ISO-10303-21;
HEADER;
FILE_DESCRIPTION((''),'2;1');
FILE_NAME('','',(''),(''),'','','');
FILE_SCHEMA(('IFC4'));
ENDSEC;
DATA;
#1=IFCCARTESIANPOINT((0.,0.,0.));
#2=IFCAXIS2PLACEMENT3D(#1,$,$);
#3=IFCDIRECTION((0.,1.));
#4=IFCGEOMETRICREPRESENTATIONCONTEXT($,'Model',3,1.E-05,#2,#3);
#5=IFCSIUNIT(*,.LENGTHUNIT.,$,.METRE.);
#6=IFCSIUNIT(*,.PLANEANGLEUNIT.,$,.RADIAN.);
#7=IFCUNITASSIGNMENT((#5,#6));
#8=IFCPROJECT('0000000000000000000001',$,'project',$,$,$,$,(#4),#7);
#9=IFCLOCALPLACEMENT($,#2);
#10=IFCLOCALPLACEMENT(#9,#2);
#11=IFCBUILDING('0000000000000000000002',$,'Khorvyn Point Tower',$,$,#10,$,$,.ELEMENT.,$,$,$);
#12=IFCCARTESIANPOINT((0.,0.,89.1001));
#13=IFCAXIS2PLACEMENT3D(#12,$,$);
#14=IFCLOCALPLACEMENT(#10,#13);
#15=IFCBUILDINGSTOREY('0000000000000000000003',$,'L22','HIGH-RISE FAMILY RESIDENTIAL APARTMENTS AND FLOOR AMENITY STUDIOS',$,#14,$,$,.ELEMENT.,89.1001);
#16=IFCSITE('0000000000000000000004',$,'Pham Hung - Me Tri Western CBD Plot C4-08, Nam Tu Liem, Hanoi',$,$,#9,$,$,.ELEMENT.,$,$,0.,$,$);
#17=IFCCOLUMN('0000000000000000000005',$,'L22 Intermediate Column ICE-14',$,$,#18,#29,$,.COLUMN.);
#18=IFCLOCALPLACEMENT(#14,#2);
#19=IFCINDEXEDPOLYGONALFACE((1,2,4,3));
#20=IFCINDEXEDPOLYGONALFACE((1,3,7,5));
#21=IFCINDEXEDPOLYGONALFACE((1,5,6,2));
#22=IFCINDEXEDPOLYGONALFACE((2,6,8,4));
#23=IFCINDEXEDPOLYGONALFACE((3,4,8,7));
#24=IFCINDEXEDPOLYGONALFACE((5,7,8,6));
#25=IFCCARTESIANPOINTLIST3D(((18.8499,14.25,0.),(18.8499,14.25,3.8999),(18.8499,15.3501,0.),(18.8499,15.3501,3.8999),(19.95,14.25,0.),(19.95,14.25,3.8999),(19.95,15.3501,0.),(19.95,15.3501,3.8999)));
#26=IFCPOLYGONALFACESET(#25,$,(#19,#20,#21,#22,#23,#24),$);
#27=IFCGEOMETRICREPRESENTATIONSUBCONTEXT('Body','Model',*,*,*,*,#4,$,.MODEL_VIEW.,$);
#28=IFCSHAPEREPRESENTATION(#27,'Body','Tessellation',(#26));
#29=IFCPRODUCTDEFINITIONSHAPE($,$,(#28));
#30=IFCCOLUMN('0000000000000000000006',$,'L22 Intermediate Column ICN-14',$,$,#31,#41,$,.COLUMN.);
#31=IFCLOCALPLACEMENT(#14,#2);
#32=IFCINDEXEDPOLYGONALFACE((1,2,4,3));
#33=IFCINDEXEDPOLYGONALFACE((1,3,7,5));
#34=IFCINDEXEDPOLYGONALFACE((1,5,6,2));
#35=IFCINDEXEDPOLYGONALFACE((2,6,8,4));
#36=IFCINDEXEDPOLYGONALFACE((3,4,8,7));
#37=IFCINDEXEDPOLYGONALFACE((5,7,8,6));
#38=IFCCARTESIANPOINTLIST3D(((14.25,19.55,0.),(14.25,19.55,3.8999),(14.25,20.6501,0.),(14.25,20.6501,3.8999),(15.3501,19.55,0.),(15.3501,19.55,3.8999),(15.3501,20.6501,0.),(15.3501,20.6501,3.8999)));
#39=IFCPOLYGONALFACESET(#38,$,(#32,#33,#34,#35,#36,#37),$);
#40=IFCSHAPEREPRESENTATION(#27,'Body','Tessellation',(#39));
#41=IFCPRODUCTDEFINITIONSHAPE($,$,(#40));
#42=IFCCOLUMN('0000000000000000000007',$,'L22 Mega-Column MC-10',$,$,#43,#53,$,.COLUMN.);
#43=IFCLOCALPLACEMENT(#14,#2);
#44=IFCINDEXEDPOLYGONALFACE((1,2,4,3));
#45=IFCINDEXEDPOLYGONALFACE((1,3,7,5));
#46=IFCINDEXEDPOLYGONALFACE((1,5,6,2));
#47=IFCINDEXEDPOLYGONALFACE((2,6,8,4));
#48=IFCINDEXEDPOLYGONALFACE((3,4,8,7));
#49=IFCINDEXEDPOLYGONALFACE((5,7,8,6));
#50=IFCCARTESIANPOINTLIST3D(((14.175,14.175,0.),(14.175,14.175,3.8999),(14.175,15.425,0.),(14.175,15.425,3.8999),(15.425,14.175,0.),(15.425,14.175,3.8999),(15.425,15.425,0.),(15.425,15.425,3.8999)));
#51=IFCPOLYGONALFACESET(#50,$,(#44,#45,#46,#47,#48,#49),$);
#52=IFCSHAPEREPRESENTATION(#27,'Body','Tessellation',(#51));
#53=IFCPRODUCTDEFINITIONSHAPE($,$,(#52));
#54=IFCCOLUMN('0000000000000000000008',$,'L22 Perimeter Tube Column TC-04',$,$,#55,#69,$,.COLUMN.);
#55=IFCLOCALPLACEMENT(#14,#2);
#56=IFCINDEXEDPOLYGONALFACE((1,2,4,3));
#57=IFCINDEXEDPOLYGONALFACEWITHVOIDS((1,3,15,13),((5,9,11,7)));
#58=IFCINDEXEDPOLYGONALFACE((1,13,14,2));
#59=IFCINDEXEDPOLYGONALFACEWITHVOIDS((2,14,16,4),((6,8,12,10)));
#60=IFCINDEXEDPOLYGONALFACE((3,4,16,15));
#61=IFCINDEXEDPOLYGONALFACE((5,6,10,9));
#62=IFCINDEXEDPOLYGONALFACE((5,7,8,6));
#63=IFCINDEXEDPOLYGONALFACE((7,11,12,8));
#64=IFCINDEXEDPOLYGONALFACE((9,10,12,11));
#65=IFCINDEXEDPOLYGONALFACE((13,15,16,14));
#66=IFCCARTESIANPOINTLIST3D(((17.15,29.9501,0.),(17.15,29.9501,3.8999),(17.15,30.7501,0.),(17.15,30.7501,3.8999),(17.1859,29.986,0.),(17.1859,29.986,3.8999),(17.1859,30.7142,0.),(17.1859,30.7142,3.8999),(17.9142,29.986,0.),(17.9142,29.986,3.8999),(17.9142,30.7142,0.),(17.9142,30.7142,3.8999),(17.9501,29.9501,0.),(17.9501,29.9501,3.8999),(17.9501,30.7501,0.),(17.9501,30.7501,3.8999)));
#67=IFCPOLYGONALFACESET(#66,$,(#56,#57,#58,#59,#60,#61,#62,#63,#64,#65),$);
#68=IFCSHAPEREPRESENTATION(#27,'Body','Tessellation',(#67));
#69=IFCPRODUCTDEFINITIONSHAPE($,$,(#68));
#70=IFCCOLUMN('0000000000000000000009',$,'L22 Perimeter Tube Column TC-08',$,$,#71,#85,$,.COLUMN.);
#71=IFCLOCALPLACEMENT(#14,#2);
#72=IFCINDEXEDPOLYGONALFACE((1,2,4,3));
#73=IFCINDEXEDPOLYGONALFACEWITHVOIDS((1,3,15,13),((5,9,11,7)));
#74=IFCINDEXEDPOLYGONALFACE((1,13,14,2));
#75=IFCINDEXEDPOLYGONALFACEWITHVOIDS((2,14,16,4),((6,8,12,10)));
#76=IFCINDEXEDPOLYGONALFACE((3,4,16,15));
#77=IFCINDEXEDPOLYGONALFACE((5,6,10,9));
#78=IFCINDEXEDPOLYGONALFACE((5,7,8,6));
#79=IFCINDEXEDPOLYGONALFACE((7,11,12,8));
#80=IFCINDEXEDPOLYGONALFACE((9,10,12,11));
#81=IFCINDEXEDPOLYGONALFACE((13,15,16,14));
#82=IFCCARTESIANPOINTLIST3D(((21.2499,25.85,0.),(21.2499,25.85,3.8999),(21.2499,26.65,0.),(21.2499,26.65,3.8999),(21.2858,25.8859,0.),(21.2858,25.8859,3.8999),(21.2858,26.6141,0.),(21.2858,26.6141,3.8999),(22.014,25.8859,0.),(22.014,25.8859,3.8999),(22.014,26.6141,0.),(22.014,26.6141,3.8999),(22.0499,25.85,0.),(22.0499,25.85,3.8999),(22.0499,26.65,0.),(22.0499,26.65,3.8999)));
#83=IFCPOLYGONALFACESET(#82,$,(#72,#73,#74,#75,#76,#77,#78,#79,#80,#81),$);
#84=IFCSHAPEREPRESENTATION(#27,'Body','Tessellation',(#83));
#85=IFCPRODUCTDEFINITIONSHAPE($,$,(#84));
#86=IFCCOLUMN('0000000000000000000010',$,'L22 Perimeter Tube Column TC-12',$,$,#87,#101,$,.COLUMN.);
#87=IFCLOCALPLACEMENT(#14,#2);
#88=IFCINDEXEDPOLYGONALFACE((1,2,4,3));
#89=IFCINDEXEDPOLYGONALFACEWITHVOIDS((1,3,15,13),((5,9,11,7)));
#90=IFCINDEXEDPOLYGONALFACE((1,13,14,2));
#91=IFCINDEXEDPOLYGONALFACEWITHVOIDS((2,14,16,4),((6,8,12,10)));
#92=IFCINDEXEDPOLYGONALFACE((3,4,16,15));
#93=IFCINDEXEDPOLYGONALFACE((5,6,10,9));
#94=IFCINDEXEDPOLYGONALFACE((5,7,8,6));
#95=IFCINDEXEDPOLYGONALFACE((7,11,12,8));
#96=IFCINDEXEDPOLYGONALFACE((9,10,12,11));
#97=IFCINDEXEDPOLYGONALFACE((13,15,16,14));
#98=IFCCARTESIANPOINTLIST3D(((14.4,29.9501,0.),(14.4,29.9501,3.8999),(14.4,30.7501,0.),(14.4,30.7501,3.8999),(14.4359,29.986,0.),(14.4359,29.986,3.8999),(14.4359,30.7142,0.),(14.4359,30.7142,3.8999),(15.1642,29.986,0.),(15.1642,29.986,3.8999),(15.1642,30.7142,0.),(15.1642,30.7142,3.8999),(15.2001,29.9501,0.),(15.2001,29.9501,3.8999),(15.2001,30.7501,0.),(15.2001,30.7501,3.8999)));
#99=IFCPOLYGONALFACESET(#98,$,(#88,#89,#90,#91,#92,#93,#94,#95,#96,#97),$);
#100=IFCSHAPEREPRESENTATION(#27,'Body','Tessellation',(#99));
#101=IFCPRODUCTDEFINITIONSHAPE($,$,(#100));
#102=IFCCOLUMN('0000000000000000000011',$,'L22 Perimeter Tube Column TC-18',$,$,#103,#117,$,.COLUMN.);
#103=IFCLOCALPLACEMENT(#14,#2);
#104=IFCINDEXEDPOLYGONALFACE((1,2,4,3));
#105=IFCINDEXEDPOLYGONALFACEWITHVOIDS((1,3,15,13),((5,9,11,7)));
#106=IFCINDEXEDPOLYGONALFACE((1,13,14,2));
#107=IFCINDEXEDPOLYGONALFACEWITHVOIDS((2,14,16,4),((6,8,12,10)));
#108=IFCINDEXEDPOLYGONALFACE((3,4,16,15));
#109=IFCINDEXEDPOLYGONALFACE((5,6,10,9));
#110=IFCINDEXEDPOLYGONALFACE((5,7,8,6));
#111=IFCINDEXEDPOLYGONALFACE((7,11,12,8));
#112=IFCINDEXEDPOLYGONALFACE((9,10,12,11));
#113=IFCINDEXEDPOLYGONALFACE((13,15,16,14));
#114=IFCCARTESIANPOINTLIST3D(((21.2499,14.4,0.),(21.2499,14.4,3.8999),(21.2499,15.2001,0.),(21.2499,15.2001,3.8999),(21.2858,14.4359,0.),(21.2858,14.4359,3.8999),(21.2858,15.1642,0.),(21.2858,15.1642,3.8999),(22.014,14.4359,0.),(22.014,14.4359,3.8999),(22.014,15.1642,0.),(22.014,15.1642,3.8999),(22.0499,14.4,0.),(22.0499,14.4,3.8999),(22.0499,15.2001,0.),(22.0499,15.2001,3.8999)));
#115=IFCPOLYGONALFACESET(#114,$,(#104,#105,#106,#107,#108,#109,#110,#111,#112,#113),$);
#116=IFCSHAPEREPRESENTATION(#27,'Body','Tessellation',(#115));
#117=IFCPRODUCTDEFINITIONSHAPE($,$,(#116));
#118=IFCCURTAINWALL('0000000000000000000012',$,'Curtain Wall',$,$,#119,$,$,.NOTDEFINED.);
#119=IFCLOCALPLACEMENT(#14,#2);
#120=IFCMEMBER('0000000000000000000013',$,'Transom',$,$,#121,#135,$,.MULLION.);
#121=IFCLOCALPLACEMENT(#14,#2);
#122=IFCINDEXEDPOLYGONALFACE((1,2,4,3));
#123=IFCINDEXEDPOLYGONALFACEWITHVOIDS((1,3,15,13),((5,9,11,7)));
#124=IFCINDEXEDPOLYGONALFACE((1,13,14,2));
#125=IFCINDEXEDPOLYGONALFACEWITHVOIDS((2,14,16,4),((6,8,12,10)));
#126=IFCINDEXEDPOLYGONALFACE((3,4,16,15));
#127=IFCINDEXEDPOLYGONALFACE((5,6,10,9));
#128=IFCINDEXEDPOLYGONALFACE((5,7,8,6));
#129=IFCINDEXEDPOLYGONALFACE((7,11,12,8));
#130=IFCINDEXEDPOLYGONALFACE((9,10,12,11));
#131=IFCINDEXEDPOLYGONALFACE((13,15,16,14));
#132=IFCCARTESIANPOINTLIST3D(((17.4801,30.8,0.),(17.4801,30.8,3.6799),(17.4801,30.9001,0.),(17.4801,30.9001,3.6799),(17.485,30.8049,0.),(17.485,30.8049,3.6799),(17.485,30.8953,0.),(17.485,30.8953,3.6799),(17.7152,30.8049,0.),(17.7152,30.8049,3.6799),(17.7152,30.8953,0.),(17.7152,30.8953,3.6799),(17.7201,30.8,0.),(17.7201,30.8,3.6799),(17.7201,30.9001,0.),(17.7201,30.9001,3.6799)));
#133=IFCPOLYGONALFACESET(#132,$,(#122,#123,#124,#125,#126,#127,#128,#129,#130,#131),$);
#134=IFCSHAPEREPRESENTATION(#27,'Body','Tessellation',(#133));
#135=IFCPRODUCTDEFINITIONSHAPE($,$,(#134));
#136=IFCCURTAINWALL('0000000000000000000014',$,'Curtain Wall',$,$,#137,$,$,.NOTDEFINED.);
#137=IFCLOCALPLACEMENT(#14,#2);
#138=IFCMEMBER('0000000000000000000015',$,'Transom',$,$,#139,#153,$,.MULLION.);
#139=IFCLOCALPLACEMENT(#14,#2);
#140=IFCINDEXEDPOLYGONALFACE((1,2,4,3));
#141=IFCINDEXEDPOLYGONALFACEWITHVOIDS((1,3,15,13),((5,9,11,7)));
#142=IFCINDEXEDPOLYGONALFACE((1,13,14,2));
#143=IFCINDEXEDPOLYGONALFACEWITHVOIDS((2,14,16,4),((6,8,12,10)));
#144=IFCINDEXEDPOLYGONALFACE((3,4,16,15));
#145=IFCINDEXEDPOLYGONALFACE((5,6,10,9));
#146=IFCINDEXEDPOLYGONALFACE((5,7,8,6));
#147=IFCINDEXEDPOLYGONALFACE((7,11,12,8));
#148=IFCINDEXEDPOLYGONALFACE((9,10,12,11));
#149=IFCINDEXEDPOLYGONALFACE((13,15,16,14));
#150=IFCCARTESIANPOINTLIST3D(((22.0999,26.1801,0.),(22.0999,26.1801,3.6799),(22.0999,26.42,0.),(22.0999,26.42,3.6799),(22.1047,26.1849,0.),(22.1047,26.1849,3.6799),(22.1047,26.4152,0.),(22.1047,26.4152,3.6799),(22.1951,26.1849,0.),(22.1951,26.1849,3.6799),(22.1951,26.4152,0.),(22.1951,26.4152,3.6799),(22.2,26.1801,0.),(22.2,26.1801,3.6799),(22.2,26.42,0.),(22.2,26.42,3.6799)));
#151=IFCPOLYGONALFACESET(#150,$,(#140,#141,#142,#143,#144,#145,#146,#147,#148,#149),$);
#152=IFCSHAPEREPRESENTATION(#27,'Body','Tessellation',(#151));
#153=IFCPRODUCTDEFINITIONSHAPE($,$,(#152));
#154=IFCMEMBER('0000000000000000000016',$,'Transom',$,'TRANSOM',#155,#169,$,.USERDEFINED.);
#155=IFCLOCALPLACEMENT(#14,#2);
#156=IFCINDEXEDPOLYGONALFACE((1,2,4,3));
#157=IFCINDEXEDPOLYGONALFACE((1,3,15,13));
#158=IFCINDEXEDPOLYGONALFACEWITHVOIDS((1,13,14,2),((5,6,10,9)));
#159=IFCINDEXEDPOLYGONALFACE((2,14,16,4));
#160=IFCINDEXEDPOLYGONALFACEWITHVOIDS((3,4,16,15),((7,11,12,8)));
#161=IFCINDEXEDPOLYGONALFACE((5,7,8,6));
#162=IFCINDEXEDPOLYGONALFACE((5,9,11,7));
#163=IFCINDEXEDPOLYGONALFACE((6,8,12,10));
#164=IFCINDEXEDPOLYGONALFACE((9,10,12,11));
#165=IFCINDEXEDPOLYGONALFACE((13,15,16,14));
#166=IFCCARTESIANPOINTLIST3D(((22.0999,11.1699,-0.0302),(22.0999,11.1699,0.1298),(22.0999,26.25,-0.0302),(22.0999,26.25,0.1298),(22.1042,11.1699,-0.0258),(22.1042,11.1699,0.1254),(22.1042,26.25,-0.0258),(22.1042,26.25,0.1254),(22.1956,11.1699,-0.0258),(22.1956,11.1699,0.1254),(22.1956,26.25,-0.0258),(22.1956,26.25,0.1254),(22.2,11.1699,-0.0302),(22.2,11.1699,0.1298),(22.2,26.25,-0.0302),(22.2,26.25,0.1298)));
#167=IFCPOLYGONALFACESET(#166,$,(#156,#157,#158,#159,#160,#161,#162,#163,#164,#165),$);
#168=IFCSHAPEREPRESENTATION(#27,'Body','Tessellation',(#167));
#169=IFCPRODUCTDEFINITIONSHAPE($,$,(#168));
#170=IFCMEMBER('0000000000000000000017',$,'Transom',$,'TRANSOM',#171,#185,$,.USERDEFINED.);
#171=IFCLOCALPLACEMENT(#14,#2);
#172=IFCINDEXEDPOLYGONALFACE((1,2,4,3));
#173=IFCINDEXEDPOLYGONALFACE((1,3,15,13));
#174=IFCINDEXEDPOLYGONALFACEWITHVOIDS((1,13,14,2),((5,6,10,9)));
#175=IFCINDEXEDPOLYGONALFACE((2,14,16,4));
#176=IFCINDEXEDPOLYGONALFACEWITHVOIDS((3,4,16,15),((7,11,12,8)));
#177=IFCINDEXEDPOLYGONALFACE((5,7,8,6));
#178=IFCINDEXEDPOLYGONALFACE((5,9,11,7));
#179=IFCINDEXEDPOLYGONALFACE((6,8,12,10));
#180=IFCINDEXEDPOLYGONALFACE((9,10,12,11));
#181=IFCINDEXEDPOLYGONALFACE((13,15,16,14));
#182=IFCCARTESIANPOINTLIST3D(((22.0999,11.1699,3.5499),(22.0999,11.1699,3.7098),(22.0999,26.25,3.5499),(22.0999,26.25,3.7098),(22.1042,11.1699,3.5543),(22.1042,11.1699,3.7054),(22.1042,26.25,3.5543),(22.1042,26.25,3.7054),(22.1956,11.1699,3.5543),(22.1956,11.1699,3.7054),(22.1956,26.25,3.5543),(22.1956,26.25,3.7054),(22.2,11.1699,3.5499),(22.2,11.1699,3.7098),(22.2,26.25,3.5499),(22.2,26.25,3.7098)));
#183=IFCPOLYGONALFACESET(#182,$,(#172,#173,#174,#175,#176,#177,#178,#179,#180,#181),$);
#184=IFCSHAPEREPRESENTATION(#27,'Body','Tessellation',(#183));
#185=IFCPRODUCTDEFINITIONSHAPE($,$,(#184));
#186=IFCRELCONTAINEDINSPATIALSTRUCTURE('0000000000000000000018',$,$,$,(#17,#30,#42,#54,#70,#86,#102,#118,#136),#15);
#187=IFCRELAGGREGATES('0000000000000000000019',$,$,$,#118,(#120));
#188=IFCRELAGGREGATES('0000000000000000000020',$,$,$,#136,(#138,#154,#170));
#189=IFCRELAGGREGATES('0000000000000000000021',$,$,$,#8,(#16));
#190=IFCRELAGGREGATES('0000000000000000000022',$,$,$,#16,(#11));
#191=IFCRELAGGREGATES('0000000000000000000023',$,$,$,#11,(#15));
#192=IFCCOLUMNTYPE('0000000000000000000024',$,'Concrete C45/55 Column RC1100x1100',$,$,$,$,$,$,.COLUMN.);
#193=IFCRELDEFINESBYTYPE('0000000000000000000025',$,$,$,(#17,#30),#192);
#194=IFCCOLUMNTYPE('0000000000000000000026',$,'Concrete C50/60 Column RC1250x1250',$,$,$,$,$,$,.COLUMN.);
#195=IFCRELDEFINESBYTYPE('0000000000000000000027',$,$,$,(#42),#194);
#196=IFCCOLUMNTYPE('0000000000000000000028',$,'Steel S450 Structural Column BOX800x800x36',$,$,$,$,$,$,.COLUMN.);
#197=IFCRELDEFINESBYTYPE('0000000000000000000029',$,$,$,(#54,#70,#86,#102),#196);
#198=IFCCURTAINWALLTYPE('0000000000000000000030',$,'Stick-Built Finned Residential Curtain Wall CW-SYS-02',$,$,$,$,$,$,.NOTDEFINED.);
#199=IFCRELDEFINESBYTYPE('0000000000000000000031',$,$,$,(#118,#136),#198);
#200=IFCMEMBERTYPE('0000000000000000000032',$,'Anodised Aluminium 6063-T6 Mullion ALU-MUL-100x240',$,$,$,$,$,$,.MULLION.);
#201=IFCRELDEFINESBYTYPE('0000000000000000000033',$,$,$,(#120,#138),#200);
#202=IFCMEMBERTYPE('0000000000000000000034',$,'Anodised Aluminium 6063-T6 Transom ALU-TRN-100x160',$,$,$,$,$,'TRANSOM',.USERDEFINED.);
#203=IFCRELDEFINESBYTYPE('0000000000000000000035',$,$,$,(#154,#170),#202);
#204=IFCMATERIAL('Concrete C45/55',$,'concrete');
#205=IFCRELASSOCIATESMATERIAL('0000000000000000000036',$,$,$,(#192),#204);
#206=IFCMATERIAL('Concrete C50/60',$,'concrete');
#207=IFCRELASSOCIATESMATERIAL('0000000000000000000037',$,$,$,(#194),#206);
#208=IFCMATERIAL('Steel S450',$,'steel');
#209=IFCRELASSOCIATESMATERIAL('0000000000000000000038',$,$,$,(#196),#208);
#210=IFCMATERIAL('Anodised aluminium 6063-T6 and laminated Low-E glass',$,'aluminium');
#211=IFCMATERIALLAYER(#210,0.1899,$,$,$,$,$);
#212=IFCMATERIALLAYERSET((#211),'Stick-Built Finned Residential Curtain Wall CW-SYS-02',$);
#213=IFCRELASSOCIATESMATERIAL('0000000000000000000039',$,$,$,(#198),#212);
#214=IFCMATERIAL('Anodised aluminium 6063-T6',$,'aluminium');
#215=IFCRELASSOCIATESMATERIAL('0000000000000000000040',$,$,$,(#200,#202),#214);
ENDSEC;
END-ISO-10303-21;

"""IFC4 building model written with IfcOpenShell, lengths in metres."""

from ifc_helpers import new_model, si_unit, direction, frame, origin, origin_2d, place, context, subcontext, project, spatial, rectangle, hollow_rectangle, extrude, material, layer, layer_set, material_profile, profile_set, type_object, element, aggregate, save


model = new_model("IFC4")

# Units and contexts
model_context = context("Model", 3, precision=1e-05, world=origin(), true_north=direction((0.0, 1.0)))
body_context = subcontext(model_context, "Body", "Model", "MODEL_VIEW")
ifc_project = project(units=[si_unit("LENGTHUNIT", "METRE"), si_unit("PLANEANGLEUNIT", "RADIAN")], contexts=[model_context])

# Site, building, storey
site_placement = place(None, origin())
site = spatial("IfcSite", under=ifc_project, at=site_placement, Name="Pham Hung - Me Tri Western CBD Plot C4-08, Nam Tu Liem, Hanoi", CompositionType="ELEMENT", RefElevation=0.0)
building_placement = place(site_placement, origin())
building = spatial("IfcBuilding", under=site, at=building_placement, Name="Khorvyn Point Tower", CompositionType="ELEMENT")
storey_placement = place(building_placement, frame((0.0, 0.0, 89.1001)))
storey = spatial("IfcBuildingStorey", under=building, at=storey_placement, Name="L22", Description="HIGH-RISE FAMILY RESIDENTIAL APARTMENTS AND FLOOR AMENITY STUDIOS", CompositionType="ELEMENT", Elevation=89.1001)

# Columns
ifc_material_1 = material(Name="Concrete C45/55", Category="concrete")
ifc_material_profile_1 = material_profile(ifc_material_1, rectangle(XDim=1.1001, YDim=1.1001, at=origin_2d()))
ifc_profile_set_1 = profile_set([ifc_material_profile_1], Name="Concrete C45/55 RC1100x1100")
column_type_1 = type_object("IfcColumnType", Name="Concrete C45/55 Column RC1100x1100", PredefinedType="COLUMN", material=ifc_profile_set_1)
for number, where, z_axis, x_axis, name in (
    (1, (19.3999, 14.8, 0.0), (0.0, 0.0, 1.0), (1.0, 0.0, 0.0), "L22 Intermediate Column ICE-14"),
    (2, (14.8, 20.1001, 0.0), (0.0, 0.0, 1.0), (1.0, 0.0, 0.0), "L22 Intermediate Column ICN-14"),
):
    element("IfcColumn", number, at=place(storey_placement, frame(where, z_axis=z_axis, x_axis=x_axis)), inside=storey, type_object=column_type_1, Name=name, PredefinedType="COLUMN", context=body_context, shape_type="SweptSolid", body=[
        extrude(rectangle(XDim=1.1001, YDim=1.1001, at=origin_2d()), origin(), (0.0, 0.0, 1.0), 3.8999),
    ])
ifc_material_2 = material(Name="Concrete C50/60", Category="concrete")
ifc_material_profile_2 = material_profile(ifc_material_2, rectangle(XDim=1.25, YDim=1.25, at=origin_2d()))
ifc_profile_set_2 = profile_set([ifc_material_profile_2], Name="Concrete C50/60 RC1250x1250")
column_type_2 = type_object("IfcColumnType", Name="Concrete C50/60 Column RC1250x1250", PredefinedType="COLUMN", material=ifc_profile_set_2)
column_placement = place(storey_placement, frame((14.8, 14.8, 0.0), z_axis=(0.0, 0.0, 1.0), x_axis=(1.0, 0.0, 0.0)))
element("IfcColumn", 3, at=column_placement, inside=storey, type_object=column_type_2, Name="L22 Mega-Column MC-10", PredefinedType="COLUMN", context=body_context, shape_type="SweptSolid", body=[
    extrude(rectangle(XDim=1.25, YDim=1.25, at=origin_2d()), origin(), (0.0, 0.0, 1.0), 3.8999),
])
ifc_material_3 = material(Name="Steel S450", Category="steel")
ifc_material_profile_3 = material_profile(ifc_material_3, hollow_rectangle(XDim=0.8, YDim=0.8, WallThickness=0.0359, at=origin_2d()))
ifc_profile_set_3 = profile_set([ifc_material_profile_3], Name="Steel S450 BOX800x800x36")
column_type_3 = type_object("IfcColumnType", Name="Steel S450 Structural Column BOX800x800x36", PredefinedType="COLUMN", material=ifc_profile_set_3)
for number, where, z_axis, x_axis, name in (
    (4, (17.55, 30.3501, 0.0), (0.0, 0.0, 1.0), (1.0, 0.0, 0.0), "L22 Perimeter Tube Column TC-04"),
    (5, (21.6499, 26.25, 0.0), (0.0, 0.0, 1.0), (1.0, 0.0, 0.0), "L22 Perimeter Tube Column TC-08"),
    (6, (14.8, 30.3501, 0.0), (0.0, 0.0, 1.0), (1.0, 0.0, 0.0), "L22 Perimeter Tube Column TC-12"),
    (7, (21.6499, 14.8, 0.0), (0.0, 0.0, 1.0), (1.0, 0.0, 0.0), "L22 Perimeter Tube Column TC-18"),
):
    element("IfcColumn", number, at=place(storey_placement, frame(where, z_axis=z_axis, x_axis=x_axis)), inside=storey, type_object=column_type_3, Name=name, PredefinedType="COLUMN", context=body_context, shape_type="SweptSolid", body=[
        extrude(hollow_rectangle(XDim=0.8, YDim=0.8, WallThickness=0.0359, at=origin_2d()), origin(), (0.0, 0.0, 1.0), 3.8999),
    ])

# Curtain wall, member
ifc_material_4 = material(Name="Anodised aluminium 6063-T6 and laminated Low-E glass", Category="aluminium")
ifc_layer_1 = layer(ifc_material_4, 0.1899)
ifc_layer_set_1 = layer_set([ifc_layer_1], Name="Stick-Built Finned Residential Curtain Wall CW-SYS-02")
curtain_wall_type = type_object("IfcCurtainWallType", Name="Stick-Built Finned Residential Curtain Wall CW-SYS-02", PredefinedType="NOTDEFINED", material=ifc_layer_set_1)
curtain_wall_1_placement = place(storey_placement, origin())
curtain_wall_1 = element("IfcCurtainWall", 8, at=curtain_wall_1_placement, inside=storey, type_object=curtain_wall_type, Name="Curtain Wall", PredefinedType="NOTDEFINED")
ifc_material_5 = material(Name="Anodised aluminium 6063-T6", Category="aluminium")
ifc_material_profile_4 = material_profile(ifc_material_5, hollow_rectangle(XDim=0.1001, YDim=0.24, WallThickness=0.0049, at=origin_2d()))
ifc_profile_set_4 = profile_set([ifc_material_profile_4], Name="Anodised aluminium 6063-T6 ALU-MUL-100x240")
member_type_1 = type_object("IfcMemberType", Name="Anodised Aluminium 6063-T6 Mullion ALU-MUL-100x240", PredefinedType="MULLION", material=ifc_profile_set_4)
member_1_placement = place(storey_placement, frame((17.6001, 30.8501, 0.0), z_axis=(0.0, 0.0, 1.0), x_axis=(0.0, 1.0, 0.0)))
member_1 = element("IfcMember", 9, at=member_1_placement, type_object=member_type_1, Name="Transom", PredefinedType="MULLION", context=body_context, shape_type="SweptSolid", body=[
    extrude(hollow_rectangle(XDim=0.1001, YDim=0.24, WallThickness=0.0049, at=origin_2d()), origin(), (0.0, 0.0, 1.0), 3.6799),
])

# Curtain wall, members
curtain_wall_2_placement = place(storey_placement, origin())
curtain_wall_2 = element("IfcCurtainWall", 10, at=curtain_wall_2_placement, inside=storey, type_object=curtain_wall_type, Name="Curtain Wall", PredefinedType="NOTDEFINED")
member_2_placement = place(storey_placement, frame((22.1499, 26.3, 0.0), z_axis=(0.0, 0.0, 1.0), x_axis=(1.0, 0.0, 0.0)))
member_2 = element("IfcMember", 11, at=member_2_placement, type_object=member_type_1, Name="Transom", PredefinedType="MULLION", context=body_context, shape_type="SweptSolid", body=[
    extrude(hollow_rectangle(XDim=0.1001, YDim=0.24, WallThickness=0.0049, at=origin_2d()), origin(), (0.0, 0.0, 1.0), 3.6799),
])
ifc_material_profile_5 = material_profile(ifc_material_5, hollow_rectangle(XDim=0.1001, YDim=0.1599, WallThickness=0.0044, at=origin_2d()))
ifc_profile_set_5 = profile_set([ifc_material_profile_5], Name="Anodised aluminium 6063-T6 ALU-TRN-100x160")
member_type_2 = type_object("IfcMemberType", Name="Anodised Aluminium 6063-T6 Transom ALU-TRN-100x160", ElementType="TRANSOM", PredefinedType="USERDEFINED", material=ifc_profile_set_5)
member_3_placement = place(storey_placement, frame((22.1499, 26.25, 0.0498), z_axis=(0.0, -1.0, 0.0), x_axis=(1.0, 0.0, 0.0)))
member_3 = element("IfcMember", 12, at=member_3_placement, type_object=member_type_2, Name="Transom", ObjectType="TRANSOM", PredefinedType="USERDEFINED", context=body_context, shape_type="SweptSolid", body=[
    extrude(hollow_rectangle(XDim=0.1001, YDim=0.1599, WallThickness=0.0044, at=origin_2d()), origin(), (0.0, 0.0, 1.0), 15.0801),
])
member_4_placement = place(storey_placement, frame((22.1499, 26.25, 3.6299), z_axis=(0.0, -1.0, 0.0), x_axis=(1.0, 0.0, 0.0)))
member_4 = element("IfcMember", 13, at=member_4_placement, type_object=member_type_2, Name="Transom", ObjectType="TRANSOM", PredefinedType="USERDEFINED", context=body_context, shape_type="SweptSolid", body=[
    extrude(hollow_rectangle(XDim=0.1001, YDim=0.1599, WallThickness=0.0044, at=origin_2d()), origin(), (0.0, 0.0, 1.0), 15.0801),
])

aggregate(curtain_wall_1, [member_1])
aggregate(curtain_wall_2, [member_2, member_3, member_4])

save(model, "model.ifc")
